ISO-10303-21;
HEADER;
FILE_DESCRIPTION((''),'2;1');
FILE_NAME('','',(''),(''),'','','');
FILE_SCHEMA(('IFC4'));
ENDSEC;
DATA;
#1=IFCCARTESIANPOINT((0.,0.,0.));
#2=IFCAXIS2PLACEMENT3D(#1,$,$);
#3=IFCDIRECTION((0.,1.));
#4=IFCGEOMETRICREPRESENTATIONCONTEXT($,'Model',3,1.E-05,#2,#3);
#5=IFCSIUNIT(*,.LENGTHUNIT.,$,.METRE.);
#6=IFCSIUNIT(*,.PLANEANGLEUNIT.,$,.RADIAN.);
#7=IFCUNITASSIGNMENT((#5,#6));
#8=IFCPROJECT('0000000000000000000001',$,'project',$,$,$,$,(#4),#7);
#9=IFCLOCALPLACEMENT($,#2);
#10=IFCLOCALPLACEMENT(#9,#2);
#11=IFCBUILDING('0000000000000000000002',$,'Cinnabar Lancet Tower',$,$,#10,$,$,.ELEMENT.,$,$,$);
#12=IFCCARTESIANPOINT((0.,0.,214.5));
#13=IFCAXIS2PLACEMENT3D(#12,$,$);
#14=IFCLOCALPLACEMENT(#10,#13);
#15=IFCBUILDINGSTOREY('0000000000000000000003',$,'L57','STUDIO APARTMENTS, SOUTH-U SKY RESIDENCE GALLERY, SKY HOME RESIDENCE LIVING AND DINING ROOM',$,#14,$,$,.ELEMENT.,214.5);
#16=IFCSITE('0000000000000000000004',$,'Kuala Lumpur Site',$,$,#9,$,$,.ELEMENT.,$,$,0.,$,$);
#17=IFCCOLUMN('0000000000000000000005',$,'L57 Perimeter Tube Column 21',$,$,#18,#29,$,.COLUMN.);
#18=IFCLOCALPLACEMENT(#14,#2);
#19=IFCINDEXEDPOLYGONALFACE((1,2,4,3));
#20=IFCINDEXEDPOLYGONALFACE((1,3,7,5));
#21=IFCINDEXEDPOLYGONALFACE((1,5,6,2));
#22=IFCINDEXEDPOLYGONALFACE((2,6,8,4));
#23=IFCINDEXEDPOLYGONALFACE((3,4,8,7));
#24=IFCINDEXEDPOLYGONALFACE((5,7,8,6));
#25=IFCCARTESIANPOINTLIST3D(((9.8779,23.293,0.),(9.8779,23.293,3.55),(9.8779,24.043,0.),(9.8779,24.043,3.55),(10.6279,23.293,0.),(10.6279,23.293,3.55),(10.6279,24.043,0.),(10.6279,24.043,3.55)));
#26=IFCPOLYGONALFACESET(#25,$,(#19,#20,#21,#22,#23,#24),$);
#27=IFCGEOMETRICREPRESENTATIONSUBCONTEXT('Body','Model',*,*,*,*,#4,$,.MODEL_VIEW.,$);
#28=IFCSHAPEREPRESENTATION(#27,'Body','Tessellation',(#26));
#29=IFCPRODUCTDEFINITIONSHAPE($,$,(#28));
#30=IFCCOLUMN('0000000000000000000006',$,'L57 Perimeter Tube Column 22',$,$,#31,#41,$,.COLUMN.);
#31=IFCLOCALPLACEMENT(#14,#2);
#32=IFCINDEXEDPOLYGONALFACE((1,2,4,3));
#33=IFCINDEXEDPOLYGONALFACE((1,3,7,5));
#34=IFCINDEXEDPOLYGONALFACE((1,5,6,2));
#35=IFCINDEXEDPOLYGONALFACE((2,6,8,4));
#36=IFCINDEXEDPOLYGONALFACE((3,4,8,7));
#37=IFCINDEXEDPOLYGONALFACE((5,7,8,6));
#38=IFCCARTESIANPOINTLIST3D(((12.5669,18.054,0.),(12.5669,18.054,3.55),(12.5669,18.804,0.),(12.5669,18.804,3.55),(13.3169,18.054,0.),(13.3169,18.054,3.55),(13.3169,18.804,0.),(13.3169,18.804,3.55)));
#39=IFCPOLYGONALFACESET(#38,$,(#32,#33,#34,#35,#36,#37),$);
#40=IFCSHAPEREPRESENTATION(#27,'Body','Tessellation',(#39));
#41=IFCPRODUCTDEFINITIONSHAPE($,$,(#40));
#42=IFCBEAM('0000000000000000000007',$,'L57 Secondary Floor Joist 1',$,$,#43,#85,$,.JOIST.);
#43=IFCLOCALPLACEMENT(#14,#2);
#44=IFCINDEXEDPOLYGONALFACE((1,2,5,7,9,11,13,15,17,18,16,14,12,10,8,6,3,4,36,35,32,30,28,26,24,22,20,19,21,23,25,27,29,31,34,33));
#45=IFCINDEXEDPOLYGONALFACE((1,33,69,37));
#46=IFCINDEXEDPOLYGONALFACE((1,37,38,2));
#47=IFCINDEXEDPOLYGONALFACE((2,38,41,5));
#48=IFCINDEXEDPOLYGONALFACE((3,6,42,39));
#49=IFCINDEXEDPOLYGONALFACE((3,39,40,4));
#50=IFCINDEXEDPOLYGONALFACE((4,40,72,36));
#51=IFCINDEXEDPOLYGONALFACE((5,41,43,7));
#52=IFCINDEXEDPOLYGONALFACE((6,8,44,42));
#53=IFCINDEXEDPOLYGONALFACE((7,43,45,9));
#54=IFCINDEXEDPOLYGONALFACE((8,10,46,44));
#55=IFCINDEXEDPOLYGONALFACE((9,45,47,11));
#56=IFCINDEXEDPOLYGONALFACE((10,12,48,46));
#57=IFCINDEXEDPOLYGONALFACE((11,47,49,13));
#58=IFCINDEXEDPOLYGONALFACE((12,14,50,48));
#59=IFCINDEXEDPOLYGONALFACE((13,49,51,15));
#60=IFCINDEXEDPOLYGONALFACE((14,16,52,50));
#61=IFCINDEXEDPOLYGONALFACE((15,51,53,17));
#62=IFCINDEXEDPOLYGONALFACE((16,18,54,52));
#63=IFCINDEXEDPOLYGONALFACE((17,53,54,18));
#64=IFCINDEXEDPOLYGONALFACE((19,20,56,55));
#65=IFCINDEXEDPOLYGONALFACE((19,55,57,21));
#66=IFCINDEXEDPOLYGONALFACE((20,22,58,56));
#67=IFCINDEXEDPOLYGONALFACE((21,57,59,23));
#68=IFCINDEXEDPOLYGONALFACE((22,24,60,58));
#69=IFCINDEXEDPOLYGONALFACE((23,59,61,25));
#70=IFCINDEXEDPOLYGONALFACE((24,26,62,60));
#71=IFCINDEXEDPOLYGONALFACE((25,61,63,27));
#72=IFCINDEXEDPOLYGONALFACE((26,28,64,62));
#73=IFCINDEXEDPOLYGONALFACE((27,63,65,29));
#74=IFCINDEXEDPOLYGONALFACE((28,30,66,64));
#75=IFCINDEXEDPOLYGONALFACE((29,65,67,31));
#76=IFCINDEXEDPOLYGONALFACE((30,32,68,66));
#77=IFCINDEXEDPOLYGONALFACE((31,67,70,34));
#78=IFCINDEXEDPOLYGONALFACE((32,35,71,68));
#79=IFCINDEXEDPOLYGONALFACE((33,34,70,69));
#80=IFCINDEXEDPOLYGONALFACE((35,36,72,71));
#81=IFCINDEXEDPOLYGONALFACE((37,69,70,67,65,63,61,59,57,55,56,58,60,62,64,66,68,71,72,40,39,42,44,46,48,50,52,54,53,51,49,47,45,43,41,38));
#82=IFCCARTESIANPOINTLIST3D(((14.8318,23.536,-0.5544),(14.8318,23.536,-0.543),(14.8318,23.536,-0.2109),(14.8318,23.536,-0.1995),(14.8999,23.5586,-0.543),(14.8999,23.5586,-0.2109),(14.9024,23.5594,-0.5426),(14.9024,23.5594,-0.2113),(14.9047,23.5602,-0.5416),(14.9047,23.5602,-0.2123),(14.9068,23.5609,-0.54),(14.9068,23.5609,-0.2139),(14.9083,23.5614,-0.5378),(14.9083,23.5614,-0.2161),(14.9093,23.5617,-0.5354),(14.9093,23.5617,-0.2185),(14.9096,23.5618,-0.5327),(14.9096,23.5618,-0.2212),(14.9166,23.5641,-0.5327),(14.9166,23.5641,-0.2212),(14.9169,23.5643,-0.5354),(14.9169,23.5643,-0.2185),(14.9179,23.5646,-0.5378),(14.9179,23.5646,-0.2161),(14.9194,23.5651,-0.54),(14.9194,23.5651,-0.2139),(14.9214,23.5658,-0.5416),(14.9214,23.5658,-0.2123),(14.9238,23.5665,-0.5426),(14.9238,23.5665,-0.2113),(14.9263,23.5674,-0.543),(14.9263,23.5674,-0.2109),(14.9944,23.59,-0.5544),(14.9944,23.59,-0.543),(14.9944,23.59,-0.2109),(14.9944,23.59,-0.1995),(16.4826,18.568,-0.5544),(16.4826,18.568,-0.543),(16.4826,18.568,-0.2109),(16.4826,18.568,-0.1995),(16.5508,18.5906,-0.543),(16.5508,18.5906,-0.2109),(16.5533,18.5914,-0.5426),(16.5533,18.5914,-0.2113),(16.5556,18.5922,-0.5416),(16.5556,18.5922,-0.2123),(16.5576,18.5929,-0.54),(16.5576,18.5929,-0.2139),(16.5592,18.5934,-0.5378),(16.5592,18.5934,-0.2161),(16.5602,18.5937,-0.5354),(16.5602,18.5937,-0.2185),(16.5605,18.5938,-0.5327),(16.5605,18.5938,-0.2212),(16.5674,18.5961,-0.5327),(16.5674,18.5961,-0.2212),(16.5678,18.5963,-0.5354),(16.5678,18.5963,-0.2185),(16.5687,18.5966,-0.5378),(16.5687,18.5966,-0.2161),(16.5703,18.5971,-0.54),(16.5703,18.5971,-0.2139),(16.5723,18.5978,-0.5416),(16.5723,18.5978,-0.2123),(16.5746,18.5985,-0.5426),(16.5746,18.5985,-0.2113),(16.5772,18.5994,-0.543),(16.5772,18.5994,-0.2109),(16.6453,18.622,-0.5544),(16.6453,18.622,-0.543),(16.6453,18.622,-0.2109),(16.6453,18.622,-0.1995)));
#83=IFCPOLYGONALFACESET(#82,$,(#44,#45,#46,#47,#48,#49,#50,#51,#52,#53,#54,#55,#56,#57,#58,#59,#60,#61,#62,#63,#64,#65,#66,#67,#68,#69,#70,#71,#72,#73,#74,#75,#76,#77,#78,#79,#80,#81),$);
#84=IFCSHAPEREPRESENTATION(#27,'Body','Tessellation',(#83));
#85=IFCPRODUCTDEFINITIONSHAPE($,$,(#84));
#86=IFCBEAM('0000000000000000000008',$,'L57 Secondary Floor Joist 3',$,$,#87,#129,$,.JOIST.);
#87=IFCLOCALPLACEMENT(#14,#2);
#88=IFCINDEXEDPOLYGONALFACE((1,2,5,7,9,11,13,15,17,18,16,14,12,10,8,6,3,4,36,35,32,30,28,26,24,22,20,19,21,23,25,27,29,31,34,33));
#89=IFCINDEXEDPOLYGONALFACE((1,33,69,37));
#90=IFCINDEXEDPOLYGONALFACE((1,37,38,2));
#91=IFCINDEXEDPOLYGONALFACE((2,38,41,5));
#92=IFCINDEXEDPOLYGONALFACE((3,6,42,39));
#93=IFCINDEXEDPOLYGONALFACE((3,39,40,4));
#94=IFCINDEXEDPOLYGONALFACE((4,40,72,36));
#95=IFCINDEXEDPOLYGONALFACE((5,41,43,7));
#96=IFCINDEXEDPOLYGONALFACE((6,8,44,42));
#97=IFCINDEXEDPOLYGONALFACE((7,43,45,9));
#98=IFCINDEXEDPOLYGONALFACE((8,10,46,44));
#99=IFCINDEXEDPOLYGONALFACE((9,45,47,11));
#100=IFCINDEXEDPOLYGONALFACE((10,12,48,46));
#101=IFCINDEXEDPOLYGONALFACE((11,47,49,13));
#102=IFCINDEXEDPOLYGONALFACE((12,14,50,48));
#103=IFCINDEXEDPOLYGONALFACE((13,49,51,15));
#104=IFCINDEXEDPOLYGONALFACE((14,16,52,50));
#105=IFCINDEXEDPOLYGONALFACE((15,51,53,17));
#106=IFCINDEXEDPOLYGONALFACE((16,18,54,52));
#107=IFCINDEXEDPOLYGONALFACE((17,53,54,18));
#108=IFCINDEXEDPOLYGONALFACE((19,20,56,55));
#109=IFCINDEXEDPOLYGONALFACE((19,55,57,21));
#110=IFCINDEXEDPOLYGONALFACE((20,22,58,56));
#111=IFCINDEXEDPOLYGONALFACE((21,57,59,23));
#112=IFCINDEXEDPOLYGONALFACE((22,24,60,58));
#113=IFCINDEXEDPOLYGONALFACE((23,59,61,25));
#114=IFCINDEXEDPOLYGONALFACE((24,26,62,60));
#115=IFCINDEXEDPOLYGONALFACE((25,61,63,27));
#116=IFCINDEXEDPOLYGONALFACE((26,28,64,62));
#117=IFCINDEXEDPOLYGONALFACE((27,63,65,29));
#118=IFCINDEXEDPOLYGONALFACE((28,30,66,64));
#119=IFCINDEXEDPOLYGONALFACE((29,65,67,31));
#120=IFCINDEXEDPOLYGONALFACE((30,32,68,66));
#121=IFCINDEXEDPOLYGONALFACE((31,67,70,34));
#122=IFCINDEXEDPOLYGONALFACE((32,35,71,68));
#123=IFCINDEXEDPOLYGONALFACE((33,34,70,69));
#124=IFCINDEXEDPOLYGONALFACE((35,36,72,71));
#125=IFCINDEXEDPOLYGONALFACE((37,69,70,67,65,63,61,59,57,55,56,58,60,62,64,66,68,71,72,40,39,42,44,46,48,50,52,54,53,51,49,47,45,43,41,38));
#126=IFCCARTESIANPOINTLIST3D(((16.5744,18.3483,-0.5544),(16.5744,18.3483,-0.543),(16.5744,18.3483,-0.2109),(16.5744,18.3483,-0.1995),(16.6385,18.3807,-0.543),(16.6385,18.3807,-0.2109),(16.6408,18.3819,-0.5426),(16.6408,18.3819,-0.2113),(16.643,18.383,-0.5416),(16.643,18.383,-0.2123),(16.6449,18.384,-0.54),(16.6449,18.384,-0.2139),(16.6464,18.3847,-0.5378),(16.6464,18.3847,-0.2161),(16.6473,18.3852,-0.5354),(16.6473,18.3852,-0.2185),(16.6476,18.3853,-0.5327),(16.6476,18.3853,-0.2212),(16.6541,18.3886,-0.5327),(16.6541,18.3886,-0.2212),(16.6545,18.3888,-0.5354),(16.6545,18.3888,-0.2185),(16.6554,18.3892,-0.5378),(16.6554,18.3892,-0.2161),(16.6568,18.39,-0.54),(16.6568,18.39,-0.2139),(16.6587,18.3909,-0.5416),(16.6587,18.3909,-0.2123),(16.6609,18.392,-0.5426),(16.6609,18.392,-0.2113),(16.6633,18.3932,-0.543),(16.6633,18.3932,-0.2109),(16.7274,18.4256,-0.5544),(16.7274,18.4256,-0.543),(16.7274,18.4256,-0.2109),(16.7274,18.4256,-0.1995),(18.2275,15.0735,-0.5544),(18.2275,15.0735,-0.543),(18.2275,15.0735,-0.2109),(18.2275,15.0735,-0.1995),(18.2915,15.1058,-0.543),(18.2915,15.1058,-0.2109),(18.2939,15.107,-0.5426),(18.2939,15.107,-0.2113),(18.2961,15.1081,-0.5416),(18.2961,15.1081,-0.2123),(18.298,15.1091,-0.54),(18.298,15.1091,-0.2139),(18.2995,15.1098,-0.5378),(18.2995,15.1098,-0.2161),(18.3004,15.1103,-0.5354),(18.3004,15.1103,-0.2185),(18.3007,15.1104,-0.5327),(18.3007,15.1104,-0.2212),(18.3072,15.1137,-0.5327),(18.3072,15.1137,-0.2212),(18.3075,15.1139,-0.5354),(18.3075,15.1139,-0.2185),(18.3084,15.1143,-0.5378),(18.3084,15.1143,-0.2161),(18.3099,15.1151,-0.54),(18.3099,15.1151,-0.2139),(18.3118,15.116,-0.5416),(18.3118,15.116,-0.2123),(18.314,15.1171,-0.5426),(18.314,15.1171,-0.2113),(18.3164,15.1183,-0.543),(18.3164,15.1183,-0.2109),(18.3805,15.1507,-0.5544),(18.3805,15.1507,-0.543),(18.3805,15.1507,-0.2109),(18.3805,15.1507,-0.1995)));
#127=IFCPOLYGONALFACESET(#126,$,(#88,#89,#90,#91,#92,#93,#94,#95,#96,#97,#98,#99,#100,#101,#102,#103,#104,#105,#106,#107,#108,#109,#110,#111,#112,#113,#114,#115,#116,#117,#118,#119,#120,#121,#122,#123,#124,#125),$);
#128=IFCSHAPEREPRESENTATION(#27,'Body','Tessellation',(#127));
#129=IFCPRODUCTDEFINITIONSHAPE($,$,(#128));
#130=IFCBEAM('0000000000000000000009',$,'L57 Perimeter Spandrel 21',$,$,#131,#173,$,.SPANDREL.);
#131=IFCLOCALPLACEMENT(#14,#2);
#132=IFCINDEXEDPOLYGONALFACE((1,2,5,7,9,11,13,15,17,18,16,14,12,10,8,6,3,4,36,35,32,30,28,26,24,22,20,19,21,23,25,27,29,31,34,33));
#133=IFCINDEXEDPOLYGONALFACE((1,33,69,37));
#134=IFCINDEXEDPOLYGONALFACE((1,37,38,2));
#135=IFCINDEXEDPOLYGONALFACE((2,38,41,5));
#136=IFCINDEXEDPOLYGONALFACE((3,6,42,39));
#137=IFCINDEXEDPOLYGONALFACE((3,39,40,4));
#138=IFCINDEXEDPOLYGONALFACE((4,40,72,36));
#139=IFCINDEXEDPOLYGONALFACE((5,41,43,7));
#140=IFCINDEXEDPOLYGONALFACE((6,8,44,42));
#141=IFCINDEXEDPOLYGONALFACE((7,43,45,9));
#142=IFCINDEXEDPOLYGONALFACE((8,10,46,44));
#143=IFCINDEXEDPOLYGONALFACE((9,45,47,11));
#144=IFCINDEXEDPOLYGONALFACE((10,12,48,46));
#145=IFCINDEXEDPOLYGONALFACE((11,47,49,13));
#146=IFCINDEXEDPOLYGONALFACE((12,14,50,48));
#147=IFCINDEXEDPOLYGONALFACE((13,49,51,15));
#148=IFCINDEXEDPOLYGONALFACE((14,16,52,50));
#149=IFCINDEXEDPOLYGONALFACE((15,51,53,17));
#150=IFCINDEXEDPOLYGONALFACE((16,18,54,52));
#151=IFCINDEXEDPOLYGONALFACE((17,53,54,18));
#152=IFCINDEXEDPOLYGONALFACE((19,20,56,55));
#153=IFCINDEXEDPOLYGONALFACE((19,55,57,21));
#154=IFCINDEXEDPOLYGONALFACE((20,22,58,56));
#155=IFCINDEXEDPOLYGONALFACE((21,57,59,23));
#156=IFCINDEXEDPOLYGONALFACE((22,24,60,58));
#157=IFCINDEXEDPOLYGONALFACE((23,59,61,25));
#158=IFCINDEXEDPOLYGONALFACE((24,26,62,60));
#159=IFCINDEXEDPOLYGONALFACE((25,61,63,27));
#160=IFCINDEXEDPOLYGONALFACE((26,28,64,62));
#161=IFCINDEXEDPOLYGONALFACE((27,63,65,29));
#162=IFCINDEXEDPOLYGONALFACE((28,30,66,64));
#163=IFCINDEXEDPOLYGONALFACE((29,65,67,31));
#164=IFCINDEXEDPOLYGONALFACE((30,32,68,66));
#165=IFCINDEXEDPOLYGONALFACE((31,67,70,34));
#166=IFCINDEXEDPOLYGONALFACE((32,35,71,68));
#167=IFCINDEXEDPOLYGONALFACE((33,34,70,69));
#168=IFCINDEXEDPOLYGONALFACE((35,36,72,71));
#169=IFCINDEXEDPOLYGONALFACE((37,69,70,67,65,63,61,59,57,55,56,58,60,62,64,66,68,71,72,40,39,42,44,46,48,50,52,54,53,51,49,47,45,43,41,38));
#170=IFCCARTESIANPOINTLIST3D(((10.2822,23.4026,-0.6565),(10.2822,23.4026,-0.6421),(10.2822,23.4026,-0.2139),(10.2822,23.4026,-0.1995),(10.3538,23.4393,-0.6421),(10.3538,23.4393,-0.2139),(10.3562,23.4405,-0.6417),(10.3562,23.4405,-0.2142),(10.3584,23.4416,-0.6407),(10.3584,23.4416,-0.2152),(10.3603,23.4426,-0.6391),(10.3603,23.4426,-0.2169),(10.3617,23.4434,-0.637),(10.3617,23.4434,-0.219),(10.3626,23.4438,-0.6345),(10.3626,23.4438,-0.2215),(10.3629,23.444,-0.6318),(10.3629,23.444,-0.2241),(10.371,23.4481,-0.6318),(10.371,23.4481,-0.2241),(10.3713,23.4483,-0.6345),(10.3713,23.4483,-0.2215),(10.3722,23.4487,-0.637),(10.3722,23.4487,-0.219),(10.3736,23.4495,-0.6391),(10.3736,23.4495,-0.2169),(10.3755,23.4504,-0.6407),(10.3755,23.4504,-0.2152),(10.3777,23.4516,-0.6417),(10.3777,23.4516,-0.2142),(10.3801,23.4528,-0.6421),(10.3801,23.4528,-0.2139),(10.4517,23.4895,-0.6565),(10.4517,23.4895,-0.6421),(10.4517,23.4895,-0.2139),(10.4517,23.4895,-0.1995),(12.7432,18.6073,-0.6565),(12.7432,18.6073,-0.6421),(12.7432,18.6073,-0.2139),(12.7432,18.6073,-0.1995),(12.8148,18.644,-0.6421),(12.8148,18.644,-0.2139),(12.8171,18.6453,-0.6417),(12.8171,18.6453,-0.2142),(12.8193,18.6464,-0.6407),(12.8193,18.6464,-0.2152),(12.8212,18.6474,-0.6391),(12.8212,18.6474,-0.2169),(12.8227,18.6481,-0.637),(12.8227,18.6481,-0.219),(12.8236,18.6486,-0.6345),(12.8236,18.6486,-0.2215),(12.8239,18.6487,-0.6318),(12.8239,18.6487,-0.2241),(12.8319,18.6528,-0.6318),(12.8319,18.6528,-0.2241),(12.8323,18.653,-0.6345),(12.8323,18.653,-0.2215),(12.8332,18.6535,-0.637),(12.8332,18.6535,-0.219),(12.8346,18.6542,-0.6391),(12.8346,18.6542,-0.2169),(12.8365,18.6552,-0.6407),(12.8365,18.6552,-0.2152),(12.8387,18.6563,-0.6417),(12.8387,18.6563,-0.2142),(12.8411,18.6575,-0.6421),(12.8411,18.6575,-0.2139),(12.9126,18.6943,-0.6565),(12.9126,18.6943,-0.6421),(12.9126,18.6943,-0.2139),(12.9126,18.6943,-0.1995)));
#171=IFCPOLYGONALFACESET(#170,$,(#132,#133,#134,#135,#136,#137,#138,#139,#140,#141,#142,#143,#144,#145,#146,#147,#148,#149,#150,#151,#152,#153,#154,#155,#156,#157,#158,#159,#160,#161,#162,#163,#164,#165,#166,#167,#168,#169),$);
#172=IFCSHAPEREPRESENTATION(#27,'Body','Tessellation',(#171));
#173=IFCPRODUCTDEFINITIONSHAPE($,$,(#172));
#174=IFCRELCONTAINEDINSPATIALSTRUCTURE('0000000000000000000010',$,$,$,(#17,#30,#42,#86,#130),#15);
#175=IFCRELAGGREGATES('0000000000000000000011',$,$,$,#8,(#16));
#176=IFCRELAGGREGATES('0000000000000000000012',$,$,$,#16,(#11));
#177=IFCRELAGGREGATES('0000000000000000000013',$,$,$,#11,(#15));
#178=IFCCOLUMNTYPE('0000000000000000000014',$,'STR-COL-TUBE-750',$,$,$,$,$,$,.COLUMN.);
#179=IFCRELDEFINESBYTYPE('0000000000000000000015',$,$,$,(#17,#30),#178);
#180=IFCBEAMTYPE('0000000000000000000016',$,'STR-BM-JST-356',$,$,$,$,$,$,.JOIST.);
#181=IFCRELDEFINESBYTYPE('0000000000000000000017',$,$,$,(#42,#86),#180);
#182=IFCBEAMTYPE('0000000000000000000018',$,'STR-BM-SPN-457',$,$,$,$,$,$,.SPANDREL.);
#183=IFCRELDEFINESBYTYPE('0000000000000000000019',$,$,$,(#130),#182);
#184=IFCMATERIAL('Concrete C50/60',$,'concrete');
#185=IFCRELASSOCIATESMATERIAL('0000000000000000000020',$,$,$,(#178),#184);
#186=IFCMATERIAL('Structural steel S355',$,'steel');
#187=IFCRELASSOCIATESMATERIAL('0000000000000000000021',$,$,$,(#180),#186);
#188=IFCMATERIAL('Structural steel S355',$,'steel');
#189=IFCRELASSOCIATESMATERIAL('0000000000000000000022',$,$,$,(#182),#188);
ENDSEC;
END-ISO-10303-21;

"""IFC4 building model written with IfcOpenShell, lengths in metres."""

from ifc_helpers import new_model, si_unit, direction, frame, origin, origin_2d, place, context, subcontext, project, spatial, rectangle, i_section, extrude, material, material_profile, profile_set, type_object, element, save


model = new_model("IFC4")

# Units and contexts
model_context = context("Model", 3, precision=1e-05, world=origin(), true_north=direction((0.0, 1.0)))
body_context = subcontext(model_context, "Body", "Model", "MODEL_VIEW")
ifc_project = project(units=[si_unit("LENGTHUNIT", "METRE"), si_unit("PLANEANGLEUNIT", "RADIAN")], contexts=[model_context])

# Site, building, storey
site_placement = place(None, origin())
site = spatial("IfcSite", under=ifc_project, at=site_placement, Name="Kuala Lumpur Site", CompositionType="ELEMENT", RefElevation=0.0)
building_placement = place(site_placement, origin())
building = spatial("IfcBuilding", under=site, at=building_placement, Name="Cinnabar Lancet Tower", CompositionType="ELEMENT")
storey_placement = place(building_placement, frame((0.0, 0.0, 214.5)))
storey = spatial("IfcBuildingStorey", under=building, at=storey_placement, Name="L57", Description="STUDIO APARTMENTS, SOUTH-U SKY RESIDENCE GALLERY, SKY HOME RESIDENCE LIVING AND DINING ROOM", CompositionType="ELEMENT", Elevation=214.5)

# Columns
ifc_material_1 = material(Name="Concrete C50/60", Category="concrete")
ifc_material_profile_1 = material_profile(ifc_material_1, rectangle(XDim=0.75, YDim=0.75, at=origin_2d()), Name="RC-COL 750x750")
ifc_profile_set_1 = profile_set([ifc_material_profile_1], Name="Concrete C50/60")
column_type = type_object("IfcColumnType", Name="STR-COL-TUBE-750", PredefinedType="COLUMN", material=ifc_profile_set_1)
for number, where, z_axis, x_axis, name in (
    (1, (10.2529, 23.668, 0.0), (0.0, 0.0, 1.0), (1.0, 0.0, 0.0), "L57 Perimeter Tube Column 21"),
    (2, (12.9419, 18.429, 0.0), (0.0, 0.0, 1.0), (1.0, 0.0, 0.0), "L57 Perimeter Tube Column 22"),
):
    element("IfcColumn", number, at=place(storey_placement, frame(where, z_axis=z_axis, x_axis=x_axis)), inside=storey, type_object=column_type, Name=name, PredefinedType="COLUMN", context=body_context, shape_type="SweptSolid", body=[
        extrude(rectangle(XDim=0.75, YDim=0.75, at=origin_2d()), origin(), (0.0, 0.0, 1.0), 3.55),
    ])

# Beams
ifc_material_2 = material(Name="Structural steel S355", Category="steel")
ifc_material_profile_2 = material_profile(ifc_material_2, i_section(OverallWidth=0.1714, OverallDepth=0.355, WebThickness=0.0073, FlangeThickness=0.0115, FilletRadius=0.0103, at=origin_2d()), Name="UKB 356x171x51")
ifc_profile_set_2 = profile_set([ifc_material_profile_2], Name="Structural steel S355")
beam_type_1 = type_object("IfcBeamType", Name="STR-BM-JST-356", PredefinedType="JOIST", material=ifc_profile_set_2)
beam_1_placement = place(storey_placement, frame((14.9131, 23.563, -0.377), z_axis=(0.315346, -0.948977, 0.0), x_axis=(0.948977, 0.315346, 0.0)))
element("IfcBeam", 3, at=beam_1_placement, inside=storey, type_object=beam_type_1, Name="L57 Secondary Floor Joist 1", PredefinedType="JOIST", context=body_context, shape_type="SweptSolid", body=[
    extrude(i_section(OverallWidth=0.1714, OverallDepth=0.355, WebThickness=0.0073, FlangeThickness=0.0115, FilletRadius=0.0103, at=origin_2d()), origin(), (0.0, 0.0, 1.0), 5.2351),
])
beam_2_placement = place(storey_placement, frame((16.6509, 18.387, -0.377), z_axis=(0.450618, -0.892717, 0.0), x_axis=(0.892717, 0.450618, 0.0)))
element("IfcBeam", 4, at=beam_2_placement, inside=storey, type_object=beam_type_1, Name="L57 Secondary Floor Joist 3", PredefinedType="JOIST", context=body_context, shape_type="SweptSolid", body=[
    extrude(i_section(OverallWidth=0.1714, OverallDepth=0.355, WebThickness=0.0073, FlangeThickness=0.0115, FilletRadius=0.0103, at=origin_2d()), origin(), (0.0, 0.0, 1.0), 3.6685),
])
ifc_material_3 = material(Name="Structural steel S355", Category="steel")
ifc_material_profile_3 = material_profile(ifc_material_3, i_section(OverallWidth=0.1904, OverallDepth=0.457, WebThickness=0.009, FlangeThickness=0.0144, FilletRadius=0.0103, at=origin_2d()), Name="UKB 457x191x74")
ifc_profile_set_3 = profile_set([ifc_material_profile_3], Name="Structural steel S355")
beam_type_2 = type_object("IfcBeamType", Name="STR-BM-SPN-457", PredefinedType="SPANDREL", material=ifc_profile_set_3)
beam_3_placement = place(storey_placement, frame((10.3669, 23.446, -0.428), z_axis=(0.456593, -0.889676, 0.0), x_axis=(0.889676, 0.456593, 0.0)))
element("IfcBeam", 5, at=beam_3_placement, inside=storey, type_object=beam_type_2, Name="L57 Perimeter Spandrel 21", PredefinedType="SPANDREL", context=body_context, shape_type="SweptSolid", body=[
    extrude(i_section(OverallWidth=0.1904, OverallDepth=0.457, WebThickness=0.009, FlangeThickness=0.0144, FilletRadius=0.0103, at=origin_2d()), origin(), (0.0, 0.0, 1.0), 5.3899),
])

save(model, "model.ifc")
